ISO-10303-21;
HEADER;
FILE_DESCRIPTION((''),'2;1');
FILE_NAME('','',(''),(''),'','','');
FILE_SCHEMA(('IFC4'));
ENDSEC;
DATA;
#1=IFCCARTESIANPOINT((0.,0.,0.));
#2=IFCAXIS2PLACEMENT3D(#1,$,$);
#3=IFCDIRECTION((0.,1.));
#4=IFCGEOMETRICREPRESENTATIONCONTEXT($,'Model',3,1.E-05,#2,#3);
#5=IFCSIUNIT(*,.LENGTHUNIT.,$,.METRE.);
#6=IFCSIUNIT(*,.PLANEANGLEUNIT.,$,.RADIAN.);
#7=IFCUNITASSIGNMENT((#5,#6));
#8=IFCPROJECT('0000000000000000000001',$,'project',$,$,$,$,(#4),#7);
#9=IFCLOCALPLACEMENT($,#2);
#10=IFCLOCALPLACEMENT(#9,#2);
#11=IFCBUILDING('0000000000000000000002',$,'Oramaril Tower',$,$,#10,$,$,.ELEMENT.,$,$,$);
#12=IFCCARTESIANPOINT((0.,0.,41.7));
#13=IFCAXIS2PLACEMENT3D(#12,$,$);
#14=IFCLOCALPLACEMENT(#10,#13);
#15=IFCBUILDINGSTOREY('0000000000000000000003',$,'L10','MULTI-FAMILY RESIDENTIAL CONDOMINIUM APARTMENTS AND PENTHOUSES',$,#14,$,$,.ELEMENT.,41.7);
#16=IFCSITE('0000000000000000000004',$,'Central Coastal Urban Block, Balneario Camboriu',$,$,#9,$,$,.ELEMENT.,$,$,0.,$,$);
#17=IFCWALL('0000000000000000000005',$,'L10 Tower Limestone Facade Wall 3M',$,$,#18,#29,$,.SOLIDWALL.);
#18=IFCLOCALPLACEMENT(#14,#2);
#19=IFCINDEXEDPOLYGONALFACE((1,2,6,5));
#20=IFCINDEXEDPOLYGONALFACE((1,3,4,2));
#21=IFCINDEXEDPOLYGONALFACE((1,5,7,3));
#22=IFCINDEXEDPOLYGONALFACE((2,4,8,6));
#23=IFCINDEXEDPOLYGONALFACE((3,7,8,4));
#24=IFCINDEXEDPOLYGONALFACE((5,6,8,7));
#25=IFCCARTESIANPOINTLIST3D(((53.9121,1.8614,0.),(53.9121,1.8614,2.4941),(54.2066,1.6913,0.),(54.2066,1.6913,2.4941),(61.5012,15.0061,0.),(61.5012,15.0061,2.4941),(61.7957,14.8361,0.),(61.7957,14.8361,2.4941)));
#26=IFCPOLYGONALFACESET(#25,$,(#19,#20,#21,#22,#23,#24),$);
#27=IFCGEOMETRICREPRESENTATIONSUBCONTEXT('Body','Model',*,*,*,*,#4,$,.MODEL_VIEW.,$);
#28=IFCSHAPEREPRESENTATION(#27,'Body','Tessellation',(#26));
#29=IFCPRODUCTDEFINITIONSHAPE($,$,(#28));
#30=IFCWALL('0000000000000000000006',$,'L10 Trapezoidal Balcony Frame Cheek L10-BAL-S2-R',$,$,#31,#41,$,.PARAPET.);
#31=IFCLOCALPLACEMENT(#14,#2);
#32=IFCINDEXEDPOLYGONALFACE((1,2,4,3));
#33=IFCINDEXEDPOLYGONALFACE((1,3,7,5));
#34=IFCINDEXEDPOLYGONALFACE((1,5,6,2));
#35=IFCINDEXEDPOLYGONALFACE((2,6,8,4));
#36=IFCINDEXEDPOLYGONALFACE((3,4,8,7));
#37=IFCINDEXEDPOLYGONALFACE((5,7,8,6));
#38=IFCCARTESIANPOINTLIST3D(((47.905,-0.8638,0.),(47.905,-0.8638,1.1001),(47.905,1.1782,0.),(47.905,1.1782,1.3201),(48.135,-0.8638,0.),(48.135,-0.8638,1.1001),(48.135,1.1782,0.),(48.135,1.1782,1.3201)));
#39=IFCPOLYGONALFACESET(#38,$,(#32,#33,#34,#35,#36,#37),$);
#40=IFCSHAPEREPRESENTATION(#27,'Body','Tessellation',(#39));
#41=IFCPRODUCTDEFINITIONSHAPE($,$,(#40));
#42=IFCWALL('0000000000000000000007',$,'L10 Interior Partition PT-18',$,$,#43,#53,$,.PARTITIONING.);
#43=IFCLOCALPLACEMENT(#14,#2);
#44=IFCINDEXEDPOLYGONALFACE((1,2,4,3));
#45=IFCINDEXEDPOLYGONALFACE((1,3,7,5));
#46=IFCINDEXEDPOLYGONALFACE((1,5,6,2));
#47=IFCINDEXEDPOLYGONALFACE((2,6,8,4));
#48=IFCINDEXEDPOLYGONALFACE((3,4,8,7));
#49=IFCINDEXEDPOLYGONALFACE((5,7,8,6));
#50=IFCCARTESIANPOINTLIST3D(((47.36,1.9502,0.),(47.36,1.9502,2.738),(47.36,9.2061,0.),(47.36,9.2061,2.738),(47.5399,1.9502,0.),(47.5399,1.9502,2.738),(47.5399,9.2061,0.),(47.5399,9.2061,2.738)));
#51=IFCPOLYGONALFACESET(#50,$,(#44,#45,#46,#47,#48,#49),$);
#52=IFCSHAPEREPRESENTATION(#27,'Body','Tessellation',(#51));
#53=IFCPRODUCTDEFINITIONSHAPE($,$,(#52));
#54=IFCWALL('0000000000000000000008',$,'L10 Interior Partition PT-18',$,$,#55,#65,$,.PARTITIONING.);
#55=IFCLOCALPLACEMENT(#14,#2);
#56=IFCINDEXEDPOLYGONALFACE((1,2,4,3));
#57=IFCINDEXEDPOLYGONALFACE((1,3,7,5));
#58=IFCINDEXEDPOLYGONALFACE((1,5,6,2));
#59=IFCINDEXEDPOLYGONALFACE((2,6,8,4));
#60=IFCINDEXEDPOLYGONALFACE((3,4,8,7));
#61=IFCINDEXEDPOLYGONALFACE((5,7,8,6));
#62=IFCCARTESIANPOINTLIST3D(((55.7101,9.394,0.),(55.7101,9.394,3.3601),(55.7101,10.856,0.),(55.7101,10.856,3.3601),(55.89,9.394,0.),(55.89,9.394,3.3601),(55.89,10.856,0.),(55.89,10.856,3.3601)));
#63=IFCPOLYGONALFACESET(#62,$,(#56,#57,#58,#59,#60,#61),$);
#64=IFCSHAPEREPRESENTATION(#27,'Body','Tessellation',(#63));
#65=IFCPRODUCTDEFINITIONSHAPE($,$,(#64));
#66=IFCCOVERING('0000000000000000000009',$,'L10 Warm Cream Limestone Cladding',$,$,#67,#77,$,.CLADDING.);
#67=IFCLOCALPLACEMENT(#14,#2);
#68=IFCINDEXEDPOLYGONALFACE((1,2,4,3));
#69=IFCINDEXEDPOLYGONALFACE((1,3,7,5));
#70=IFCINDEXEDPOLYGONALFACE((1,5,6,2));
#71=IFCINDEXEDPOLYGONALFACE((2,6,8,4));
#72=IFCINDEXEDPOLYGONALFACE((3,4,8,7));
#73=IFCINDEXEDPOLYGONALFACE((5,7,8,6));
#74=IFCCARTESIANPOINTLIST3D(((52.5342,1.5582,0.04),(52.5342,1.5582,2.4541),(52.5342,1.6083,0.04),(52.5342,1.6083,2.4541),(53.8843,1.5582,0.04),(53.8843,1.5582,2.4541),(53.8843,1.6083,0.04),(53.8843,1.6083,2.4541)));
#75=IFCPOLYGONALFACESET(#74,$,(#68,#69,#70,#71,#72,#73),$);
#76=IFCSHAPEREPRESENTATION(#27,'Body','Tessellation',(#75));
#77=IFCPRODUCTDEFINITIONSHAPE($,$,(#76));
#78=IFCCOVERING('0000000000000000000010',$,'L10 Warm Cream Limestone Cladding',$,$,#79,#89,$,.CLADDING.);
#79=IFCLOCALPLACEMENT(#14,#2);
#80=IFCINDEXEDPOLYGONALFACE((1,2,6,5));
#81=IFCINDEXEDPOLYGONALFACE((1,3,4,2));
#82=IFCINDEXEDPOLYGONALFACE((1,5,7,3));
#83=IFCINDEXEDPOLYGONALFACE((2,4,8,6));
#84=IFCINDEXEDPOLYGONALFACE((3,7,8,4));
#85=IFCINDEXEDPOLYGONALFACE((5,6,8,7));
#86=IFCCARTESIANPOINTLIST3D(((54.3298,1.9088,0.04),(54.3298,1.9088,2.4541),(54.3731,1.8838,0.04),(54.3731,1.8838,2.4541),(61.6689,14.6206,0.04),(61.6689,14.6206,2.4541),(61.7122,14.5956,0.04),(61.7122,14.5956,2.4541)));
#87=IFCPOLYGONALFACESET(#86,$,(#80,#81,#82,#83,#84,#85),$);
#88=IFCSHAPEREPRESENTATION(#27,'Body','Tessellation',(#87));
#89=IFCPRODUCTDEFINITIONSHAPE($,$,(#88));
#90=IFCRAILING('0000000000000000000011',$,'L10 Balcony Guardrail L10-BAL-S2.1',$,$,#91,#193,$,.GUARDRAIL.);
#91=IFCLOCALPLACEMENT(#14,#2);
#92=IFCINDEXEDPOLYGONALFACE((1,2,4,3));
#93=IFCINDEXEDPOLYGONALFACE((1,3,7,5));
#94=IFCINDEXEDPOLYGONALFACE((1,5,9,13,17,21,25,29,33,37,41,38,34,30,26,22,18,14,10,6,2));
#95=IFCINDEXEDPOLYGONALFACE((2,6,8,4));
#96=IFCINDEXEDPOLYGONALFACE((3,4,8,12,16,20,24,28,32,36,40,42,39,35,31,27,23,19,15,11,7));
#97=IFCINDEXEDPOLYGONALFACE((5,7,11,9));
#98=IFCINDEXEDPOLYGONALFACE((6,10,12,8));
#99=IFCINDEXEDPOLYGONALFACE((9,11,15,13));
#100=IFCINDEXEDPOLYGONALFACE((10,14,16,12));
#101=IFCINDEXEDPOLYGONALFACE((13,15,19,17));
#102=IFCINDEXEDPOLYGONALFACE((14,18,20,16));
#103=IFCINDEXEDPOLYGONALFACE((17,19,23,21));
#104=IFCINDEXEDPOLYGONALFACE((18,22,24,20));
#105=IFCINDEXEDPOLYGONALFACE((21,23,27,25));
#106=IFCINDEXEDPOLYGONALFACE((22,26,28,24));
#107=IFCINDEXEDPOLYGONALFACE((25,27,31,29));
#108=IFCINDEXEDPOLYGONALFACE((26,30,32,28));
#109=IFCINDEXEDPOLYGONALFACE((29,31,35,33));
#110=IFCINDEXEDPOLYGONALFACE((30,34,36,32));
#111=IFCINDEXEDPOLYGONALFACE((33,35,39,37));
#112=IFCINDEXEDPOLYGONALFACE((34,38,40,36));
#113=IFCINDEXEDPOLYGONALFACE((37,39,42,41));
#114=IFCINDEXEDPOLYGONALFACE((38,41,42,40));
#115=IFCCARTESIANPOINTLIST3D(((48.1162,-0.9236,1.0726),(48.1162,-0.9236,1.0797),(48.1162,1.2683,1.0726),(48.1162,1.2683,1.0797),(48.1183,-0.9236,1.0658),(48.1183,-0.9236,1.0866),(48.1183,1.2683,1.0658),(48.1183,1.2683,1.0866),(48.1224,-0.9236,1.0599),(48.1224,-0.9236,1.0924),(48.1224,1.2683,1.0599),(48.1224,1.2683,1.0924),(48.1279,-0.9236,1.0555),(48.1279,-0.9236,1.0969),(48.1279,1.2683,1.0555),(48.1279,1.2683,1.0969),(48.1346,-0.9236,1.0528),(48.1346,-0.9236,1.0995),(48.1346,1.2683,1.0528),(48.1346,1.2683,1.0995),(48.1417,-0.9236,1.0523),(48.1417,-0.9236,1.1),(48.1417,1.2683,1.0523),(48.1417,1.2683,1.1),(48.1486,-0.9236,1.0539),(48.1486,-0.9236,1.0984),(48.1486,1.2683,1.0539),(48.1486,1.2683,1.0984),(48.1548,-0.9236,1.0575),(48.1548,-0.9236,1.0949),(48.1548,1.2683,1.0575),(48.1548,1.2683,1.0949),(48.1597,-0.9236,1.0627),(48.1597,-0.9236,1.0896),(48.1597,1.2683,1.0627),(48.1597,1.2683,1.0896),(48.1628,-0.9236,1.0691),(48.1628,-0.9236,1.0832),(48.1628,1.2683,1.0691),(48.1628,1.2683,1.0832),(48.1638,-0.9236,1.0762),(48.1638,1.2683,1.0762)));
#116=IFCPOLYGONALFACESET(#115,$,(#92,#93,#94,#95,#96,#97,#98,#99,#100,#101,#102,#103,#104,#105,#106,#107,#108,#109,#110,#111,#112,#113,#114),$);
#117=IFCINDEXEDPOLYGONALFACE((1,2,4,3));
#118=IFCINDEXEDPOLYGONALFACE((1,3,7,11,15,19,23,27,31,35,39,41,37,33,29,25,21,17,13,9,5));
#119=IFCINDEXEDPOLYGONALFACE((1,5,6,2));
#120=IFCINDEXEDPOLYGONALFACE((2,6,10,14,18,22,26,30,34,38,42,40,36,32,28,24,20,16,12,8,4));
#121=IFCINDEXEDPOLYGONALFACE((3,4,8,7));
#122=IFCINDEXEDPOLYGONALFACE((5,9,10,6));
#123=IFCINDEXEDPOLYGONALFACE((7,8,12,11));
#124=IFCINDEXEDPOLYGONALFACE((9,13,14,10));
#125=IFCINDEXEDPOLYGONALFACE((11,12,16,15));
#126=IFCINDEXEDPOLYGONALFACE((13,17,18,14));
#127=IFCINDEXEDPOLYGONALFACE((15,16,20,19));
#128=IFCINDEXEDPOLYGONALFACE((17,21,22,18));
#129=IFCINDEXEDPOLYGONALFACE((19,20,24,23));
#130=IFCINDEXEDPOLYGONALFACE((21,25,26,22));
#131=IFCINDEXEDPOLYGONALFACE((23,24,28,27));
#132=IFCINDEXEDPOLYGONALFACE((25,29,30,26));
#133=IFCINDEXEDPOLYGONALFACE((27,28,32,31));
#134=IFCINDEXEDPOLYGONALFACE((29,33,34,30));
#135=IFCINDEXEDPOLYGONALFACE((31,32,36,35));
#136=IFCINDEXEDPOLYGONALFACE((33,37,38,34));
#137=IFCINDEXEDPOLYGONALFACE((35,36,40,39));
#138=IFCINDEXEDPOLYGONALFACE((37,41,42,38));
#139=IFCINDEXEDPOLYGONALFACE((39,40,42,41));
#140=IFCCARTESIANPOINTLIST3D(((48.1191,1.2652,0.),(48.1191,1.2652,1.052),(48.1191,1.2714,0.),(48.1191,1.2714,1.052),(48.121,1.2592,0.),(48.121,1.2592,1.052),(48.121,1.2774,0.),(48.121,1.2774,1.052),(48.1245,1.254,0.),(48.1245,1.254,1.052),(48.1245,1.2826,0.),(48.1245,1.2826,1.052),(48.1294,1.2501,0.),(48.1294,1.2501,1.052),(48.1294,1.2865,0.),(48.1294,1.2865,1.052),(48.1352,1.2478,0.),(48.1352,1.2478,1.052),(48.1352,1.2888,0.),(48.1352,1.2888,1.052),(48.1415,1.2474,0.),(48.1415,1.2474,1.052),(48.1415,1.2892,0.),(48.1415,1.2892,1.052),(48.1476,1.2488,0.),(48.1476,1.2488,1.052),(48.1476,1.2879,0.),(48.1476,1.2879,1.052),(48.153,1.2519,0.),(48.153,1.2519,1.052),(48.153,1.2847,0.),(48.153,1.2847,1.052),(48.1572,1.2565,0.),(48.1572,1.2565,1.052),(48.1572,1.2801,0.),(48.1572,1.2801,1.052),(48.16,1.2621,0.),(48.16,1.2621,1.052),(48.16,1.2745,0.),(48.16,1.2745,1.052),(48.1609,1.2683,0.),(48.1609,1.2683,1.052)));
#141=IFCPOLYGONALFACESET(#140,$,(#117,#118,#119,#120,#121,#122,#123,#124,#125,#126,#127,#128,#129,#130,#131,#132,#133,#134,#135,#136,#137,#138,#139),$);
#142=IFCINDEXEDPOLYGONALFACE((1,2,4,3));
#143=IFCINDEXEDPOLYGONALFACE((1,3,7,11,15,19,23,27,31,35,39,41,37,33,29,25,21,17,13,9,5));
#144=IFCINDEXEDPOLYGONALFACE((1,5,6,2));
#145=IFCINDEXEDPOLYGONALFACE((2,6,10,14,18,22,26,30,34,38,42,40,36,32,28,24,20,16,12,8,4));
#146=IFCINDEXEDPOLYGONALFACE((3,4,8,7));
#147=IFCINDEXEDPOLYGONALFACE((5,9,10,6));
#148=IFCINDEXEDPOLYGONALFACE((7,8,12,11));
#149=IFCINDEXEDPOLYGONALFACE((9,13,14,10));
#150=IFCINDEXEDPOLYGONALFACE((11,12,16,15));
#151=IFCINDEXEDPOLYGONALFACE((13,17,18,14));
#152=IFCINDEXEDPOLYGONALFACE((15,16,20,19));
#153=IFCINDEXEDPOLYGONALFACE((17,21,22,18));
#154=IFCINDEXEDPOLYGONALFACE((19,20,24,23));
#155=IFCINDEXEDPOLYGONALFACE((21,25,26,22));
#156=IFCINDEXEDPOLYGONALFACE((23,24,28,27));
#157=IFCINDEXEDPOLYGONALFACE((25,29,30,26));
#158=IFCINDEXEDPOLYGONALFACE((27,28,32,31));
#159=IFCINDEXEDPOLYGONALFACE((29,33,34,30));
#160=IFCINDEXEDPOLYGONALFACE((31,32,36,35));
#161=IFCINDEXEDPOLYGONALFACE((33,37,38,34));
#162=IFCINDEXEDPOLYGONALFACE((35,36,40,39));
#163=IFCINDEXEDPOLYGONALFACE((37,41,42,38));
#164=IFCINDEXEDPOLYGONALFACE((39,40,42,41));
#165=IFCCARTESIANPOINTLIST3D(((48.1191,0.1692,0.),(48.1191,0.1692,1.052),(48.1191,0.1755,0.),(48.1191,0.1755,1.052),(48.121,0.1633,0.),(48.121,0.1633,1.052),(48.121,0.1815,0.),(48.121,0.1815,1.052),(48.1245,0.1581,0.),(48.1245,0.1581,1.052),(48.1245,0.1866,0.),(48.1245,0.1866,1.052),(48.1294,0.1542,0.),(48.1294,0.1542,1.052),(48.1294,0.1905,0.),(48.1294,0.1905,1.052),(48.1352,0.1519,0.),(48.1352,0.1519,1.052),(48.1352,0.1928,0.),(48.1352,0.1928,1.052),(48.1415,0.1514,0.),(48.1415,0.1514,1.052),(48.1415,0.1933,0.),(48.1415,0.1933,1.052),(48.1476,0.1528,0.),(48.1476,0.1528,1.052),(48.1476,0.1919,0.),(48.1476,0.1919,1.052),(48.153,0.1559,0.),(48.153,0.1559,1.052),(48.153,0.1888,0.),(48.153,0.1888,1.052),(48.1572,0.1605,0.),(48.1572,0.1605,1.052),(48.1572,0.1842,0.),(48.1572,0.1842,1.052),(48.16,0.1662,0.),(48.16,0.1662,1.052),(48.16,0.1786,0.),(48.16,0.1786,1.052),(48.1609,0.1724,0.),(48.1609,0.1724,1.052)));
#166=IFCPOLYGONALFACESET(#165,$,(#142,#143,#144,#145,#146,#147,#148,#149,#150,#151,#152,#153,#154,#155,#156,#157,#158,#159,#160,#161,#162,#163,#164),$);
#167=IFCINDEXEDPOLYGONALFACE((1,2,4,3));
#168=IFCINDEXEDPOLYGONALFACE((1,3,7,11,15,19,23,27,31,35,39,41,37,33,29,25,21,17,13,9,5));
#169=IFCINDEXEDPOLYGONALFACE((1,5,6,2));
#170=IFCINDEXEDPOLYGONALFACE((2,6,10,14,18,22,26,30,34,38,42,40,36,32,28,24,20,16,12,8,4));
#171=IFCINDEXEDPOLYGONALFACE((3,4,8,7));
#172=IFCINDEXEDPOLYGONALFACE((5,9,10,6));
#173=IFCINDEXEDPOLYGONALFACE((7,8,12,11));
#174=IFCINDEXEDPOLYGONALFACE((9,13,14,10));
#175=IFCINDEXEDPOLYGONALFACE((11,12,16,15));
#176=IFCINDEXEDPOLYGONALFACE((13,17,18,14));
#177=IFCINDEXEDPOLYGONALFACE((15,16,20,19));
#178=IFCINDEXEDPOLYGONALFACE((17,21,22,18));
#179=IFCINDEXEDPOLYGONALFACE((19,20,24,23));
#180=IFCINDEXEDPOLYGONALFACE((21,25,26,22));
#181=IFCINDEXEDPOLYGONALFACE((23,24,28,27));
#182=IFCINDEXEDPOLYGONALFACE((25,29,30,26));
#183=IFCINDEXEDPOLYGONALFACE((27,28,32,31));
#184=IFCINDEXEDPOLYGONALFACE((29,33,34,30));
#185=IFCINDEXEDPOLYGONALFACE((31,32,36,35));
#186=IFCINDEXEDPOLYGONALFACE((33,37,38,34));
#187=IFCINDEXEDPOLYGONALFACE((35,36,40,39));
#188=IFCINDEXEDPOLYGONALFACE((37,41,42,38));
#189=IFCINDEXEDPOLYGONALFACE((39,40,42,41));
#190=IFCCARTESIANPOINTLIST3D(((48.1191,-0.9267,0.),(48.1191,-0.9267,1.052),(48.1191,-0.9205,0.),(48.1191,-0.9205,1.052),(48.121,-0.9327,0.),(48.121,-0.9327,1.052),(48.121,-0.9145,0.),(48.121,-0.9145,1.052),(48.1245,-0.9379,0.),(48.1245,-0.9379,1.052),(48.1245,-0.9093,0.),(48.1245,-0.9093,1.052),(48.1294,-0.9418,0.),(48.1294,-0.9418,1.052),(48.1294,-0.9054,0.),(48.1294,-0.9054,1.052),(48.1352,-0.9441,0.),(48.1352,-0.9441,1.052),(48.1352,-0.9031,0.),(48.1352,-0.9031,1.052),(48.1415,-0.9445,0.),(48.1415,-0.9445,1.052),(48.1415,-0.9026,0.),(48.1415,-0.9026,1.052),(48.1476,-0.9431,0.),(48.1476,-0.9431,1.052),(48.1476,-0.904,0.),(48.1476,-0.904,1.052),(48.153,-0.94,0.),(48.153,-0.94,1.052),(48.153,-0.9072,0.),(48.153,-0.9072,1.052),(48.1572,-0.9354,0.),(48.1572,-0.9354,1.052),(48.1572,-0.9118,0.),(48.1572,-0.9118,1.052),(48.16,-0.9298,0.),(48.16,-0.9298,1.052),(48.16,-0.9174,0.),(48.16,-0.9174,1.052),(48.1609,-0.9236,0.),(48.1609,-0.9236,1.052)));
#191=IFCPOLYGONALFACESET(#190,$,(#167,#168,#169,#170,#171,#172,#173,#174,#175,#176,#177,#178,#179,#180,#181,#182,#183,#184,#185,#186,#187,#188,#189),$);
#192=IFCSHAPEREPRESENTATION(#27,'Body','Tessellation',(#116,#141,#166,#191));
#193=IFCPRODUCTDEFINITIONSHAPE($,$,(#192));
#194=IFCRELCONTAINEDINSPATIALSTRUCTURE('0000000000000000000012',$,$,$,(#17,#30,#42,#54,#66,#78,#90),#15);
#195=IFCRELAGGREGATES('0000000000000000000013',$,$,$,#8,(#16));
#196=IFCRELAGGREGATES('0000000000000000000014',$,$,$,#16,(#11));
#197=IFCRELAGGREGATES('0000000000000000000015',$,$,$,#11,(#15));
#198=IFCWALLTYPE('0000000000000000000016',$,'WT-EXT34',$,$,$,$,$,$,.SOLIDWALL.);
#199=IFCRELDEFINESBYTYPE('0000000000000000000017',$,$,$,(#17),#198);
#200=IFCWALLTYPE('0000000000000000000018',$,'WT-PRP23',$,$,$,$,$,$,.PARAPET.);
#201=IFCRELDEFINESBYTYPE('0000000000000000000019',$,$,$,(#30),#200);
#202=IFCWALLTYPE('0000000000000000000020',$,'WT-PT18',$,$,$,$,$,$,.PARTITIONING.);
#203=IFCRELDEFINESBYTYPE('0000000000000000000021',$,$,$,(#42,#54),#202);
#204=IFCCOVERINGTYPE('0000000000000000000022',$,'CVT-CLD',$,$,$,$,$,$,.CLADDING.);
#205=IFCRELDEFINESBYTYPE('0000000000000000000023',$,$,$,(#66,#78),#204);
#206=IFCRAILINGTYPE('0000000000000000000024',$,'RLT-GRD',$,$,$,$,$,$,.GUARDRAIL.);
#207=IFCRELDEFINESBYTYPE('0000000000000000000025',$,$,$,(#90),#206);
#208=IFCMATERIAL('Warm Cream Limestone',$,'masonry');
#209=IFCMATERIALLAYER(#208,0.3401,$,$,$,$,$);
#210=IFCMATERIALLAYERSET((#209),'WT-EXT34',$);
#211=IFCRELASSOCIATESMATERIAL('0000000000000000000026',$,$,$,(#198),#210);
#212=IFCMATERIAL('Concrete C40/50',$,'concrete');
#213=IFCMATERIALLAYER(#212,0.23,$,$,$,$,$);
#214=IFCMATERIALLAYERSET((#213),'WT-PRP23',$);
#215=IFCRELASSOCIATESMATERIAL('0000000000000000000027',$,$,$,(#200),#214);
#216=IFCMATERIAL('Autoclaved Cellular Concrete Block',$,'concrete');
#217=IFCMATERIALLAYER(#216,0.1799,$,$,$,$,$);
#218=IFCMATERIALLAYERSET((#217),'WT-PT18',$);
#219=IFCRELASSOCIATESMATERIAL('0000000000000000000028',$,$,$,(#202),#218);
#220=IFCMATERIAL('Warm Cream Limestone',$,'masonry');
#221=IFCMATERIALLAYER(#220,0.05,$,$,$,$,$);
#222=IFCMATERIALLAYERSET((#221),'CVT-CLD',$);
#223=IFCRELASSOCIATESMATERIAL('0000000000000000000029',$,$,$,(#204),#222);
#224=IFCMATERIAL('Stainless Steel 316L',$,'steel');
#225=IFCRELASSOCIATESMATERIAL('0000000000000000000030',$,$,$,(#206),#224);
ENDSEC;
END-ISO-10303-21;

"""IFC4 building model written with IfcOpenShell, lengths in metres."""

from ifc_helpers import new_model, si_unit, direction, frame, frame_2d, origin, origin_2d, place, context, subcontext, project, spatial, polyline, rectangle, circle, outline, extrude, material, layer, layer_set, type_object, element, save


model = new_model("IFC4")

# Units and contexts
model_context = context("Model", 3, precision=1e-05, world=origin(), true_north=direction((0.0, 1.0)))
body_context = subcontext(model_context, "Body", "Model", "MODEL_VIEW")
ifc_project = project(units=[si_unit("LENGTHUNIT", "METRE"), si_unit("PLANEANGLEUNIT", "RADIAN")], contexts=[model_context])

# Site, building, storey
site_placement = place(None, origin())
site = spatial("IfcSite", under=ifc_project, at=site_placement, Name="Central Coastal Urban Block, Balneario Camboriu", CompositionType="ELEMENT", RefElevation=0.0)
building_placement = place(site_placement, origin())
building = spatial("IfcBuilding", under=site, at=building_placement, Name="Oramaril Tower", CompositionType="ELEMENT")
storey_placement = place(building_placement, frame((0.0, 0.0, 41.7)))
storey = spatial("IfcBuildingStorey", under=building, at=storey_placement, Name="L10", Description="MULTI-FAMILY RESIDENTIAL CONDOMINIUM APARTMENTS AND PENTHOUSES", CompositionType="ELEMENT", Elevation=41.7)

# Walls
ifc_material_1 = material(Name="Warm Cream Limestone", Category="masonry")
ifc_layer_1 = layer(ifc_material_1, 0.3401)
ifc_layer_set_1 = layer_set([ifc_layer_1], Name="WT-EXT34")
wall_type_1 = type_object("IfcWallType", Name="WT-EXT34", PredefinedType="SOLIDWALL", material=ifc_layer_set_1)
wall_1_placement = place(storey_placement, frame((54.0593, 1.7764, 0.0), z_axis=(0.0, 0.0, 1.0), x_axis=(0.499999, 0.866026, 0.0)))
element("IfcWall", 1, at=wall_1_placement, inside=storey, type_object=wall_type_1, Name="L10 Tower Limestone Facade Wall 3M", PredefinedType="SOLIDWALL", context=body_context, shape_type="SweptSolid", body=[
    extrude(rectangle(XDim=15.1782, YDim=0.3401, at=frame_2d((7.5891, 0.0))), origin(), (0.0, 0.0, 1.0), 2.4941),
])
ifc_material_2 = material(Name="Concrete C40/50", Category="concrete")
ifc_layer_2 = layer(ifc_material_2, 0.23)
ifc_layer_set_2 = layer_set([ifc_layer_2], Name="WT-PRP23")
wall_type_2 = type_object("IfcWallType", Name="WT-PRP23", PredefinedType="PARAPET", material=ifc_layer_set_2)
wall_2_placement = place(storey_placement, frame((48.02, 1.1782, 0.0), z_axis=(0.0, 0.0, 1.0), x_axis=(0.0, -1.0, 0.0)))
element("IfcWall", 2, at=wall_2_placement, inside=storey, type_object=wall_type_2, Name="L10 Trapezoidal Balcony Frame Cheek L10-BAL-S2-R", PredefinedType="PARAPET", context=body_context, shape_type="SweptSolid", body=[
    extrude(outline(polyline([(0.0, 0.0), (2.042, 0.0), (2.042, 1.1001), (0.0, 1.3201), (0.0, 0.0)])), frame((0.0, 0.115, 0.0), z_axis=(0.0, -1.0, 0.0), x_axis=(1.0, 0.0, 0.0)), (0.0, 0.0, 1.0), 0.23),
])
ifc_material_3 = material(Name="Autoclaved Cellular Concrete Block", Category="concrete")
ifc_layer_3 = layer(ifc_material_3, 0.1799)
ifc_layer_set_3 = layer_set([ifc_layer_3], Name="WT-PT18")
wall_type_3 = type_object("IfcWallType", Name="WT-PT18", PredefinedType="PARTITIONING", material=ifc_layer_set_3)
wall_3_placement = place(storey_placement, frame((47.45, 1.9502, 0.0), z_axis=(0.0, 0.0, 1.0), x_axis=(0.0, 1.0, 0.0)))
element("IfcWall", 3, at=wall_3_placement, inside=storey, type_object=wall_type_3, Name="L10 Interior Partition PT-18", PredefinedType="PARTITIONING", context=body_context, shape_type="SweptSolid", body=[
    extrude(rectangle(XDim=7.2559, YDim=0.1799, at=frame_2d((3.6279, 0.0))), origin(), (0.0, 0.0, 1.0), 2.738),
])
wall_4_placement = place(storey_placement, frame((55.8, 9.394, 0.0), z_axis=(0.0, 0.0, 1.0), x_axis=(0.0, 1.0, 0.0)))
element("IfcWall", 4, at=wall_4_placement, inside=storey, type_object=wall_type_3, Name="L10 Interior Partition PT-18", PredefinedType="PARTITIONING", context=body_context, shape_type="SweptSolid", body=[
    extrude(rectangle(XDim=1.4619, YDim=0.1799, at=frame_2d((0.731, 0.0))), origin(), (0.0, 0.0, 1.0), 3.3601),
])

# Coverings
ifc_material_4 = material(Name="Warm Cream Limestone", Category="masonry")
ifc_layer_4 = layer(ifc_material_4, 0.05)
ifc_layer_set_4 = layer_set([ifc_layer_4], Name="CVT-CLD")
covering_type = type_object("IfcCoveringType", Name="CVT-CLD", PredefinedType="CLADDING", material=ifc_layer_set_4)
covering_1_placement = place(storey_placement, frame((53.2092, 1.5833, 0.04), z_axis=(0.0, 0.0, 1.0), x_axis=(1.0, 0.0, 0.0)))
element("IfcCovering", 5, at=covering_1_placement, inside=storey, type_object=covering_type, Name="L10 Warm Cream Limestone Cladding", PredefinedType="CLADDING", context=body_context, shape_type="SweptSolid", body=[
    extrude(rectangle(XDim=1.3501, YDim=0.05, at=origin_2d()), origin(), (0.0, 0.0, 1.0), 2.4141),
])
covering_2_placement = place(storey_placement, frame((58.021, 8.2522, 0.04), z_axis=(0.0, 0.0, 1.0), x_axis=(0.499997, 0.866027, 0.0)))
element("IfcCovering", 6, at=covering_2_placement, inside=storey, type_object=covering_type, Name="L10 Warm Cream Limestone Cladding", PredefinedType="CLADDING", context=body_context, shape_type="SweptSolid", body=[
    extrude(rectangle(XDim=14.6782, YDim=0.05, at=origin_2d()), origin(), (0.0, 0.0, 1.0), 2.4141),
])

# Railing
ifc_material_5 = material(Name="Stainless Steel 316L", Category="steel")
railing_type = type_object("IfcRailingType", Name="RLT-GRD", PredefinedType="GUARDRAIL", material=ifc_material_5)
railing_1_placement = place(storey_placement, frame((48.1399, 1.2683, 0.0)))
element("IfcRailing", 7, at=railing_1_placement, inside=storey, type_object=railing_type, Name="L10 Balcony Guardrail L10-BAL-S2.1", PredefinedType="GUARDRAIL", context=body_context, shape_type="SweptSolid", body=[
    extrude(circle(Radius=0.0239, at=origin_2d()), frame((0.0, 0.0, 1.0762), z_axis=(0.0, -1.0, 0.0), x_axis=(1.0, 0.0, 0.0)), (0.0, 0.0, 1.0), 2.1919),
    extrude(circle(Radius=0.021, at=origin_2d()), origin(), (0.0, 0.0, 1.0), 1.052),
    extrude(circle(Radius=0.021, at=origin_2d()), frame((0.0, -1.0959, 0.0)), (0.0, 0.0, 1.0), 1.052),
    extrude(circle(Radius=0.021, at=origin_2d()), frame((0.0, -2.1919, 0.0)), (0.0, 0.0, 1.0), 1.052),
])

save(model, "model.ifc")
